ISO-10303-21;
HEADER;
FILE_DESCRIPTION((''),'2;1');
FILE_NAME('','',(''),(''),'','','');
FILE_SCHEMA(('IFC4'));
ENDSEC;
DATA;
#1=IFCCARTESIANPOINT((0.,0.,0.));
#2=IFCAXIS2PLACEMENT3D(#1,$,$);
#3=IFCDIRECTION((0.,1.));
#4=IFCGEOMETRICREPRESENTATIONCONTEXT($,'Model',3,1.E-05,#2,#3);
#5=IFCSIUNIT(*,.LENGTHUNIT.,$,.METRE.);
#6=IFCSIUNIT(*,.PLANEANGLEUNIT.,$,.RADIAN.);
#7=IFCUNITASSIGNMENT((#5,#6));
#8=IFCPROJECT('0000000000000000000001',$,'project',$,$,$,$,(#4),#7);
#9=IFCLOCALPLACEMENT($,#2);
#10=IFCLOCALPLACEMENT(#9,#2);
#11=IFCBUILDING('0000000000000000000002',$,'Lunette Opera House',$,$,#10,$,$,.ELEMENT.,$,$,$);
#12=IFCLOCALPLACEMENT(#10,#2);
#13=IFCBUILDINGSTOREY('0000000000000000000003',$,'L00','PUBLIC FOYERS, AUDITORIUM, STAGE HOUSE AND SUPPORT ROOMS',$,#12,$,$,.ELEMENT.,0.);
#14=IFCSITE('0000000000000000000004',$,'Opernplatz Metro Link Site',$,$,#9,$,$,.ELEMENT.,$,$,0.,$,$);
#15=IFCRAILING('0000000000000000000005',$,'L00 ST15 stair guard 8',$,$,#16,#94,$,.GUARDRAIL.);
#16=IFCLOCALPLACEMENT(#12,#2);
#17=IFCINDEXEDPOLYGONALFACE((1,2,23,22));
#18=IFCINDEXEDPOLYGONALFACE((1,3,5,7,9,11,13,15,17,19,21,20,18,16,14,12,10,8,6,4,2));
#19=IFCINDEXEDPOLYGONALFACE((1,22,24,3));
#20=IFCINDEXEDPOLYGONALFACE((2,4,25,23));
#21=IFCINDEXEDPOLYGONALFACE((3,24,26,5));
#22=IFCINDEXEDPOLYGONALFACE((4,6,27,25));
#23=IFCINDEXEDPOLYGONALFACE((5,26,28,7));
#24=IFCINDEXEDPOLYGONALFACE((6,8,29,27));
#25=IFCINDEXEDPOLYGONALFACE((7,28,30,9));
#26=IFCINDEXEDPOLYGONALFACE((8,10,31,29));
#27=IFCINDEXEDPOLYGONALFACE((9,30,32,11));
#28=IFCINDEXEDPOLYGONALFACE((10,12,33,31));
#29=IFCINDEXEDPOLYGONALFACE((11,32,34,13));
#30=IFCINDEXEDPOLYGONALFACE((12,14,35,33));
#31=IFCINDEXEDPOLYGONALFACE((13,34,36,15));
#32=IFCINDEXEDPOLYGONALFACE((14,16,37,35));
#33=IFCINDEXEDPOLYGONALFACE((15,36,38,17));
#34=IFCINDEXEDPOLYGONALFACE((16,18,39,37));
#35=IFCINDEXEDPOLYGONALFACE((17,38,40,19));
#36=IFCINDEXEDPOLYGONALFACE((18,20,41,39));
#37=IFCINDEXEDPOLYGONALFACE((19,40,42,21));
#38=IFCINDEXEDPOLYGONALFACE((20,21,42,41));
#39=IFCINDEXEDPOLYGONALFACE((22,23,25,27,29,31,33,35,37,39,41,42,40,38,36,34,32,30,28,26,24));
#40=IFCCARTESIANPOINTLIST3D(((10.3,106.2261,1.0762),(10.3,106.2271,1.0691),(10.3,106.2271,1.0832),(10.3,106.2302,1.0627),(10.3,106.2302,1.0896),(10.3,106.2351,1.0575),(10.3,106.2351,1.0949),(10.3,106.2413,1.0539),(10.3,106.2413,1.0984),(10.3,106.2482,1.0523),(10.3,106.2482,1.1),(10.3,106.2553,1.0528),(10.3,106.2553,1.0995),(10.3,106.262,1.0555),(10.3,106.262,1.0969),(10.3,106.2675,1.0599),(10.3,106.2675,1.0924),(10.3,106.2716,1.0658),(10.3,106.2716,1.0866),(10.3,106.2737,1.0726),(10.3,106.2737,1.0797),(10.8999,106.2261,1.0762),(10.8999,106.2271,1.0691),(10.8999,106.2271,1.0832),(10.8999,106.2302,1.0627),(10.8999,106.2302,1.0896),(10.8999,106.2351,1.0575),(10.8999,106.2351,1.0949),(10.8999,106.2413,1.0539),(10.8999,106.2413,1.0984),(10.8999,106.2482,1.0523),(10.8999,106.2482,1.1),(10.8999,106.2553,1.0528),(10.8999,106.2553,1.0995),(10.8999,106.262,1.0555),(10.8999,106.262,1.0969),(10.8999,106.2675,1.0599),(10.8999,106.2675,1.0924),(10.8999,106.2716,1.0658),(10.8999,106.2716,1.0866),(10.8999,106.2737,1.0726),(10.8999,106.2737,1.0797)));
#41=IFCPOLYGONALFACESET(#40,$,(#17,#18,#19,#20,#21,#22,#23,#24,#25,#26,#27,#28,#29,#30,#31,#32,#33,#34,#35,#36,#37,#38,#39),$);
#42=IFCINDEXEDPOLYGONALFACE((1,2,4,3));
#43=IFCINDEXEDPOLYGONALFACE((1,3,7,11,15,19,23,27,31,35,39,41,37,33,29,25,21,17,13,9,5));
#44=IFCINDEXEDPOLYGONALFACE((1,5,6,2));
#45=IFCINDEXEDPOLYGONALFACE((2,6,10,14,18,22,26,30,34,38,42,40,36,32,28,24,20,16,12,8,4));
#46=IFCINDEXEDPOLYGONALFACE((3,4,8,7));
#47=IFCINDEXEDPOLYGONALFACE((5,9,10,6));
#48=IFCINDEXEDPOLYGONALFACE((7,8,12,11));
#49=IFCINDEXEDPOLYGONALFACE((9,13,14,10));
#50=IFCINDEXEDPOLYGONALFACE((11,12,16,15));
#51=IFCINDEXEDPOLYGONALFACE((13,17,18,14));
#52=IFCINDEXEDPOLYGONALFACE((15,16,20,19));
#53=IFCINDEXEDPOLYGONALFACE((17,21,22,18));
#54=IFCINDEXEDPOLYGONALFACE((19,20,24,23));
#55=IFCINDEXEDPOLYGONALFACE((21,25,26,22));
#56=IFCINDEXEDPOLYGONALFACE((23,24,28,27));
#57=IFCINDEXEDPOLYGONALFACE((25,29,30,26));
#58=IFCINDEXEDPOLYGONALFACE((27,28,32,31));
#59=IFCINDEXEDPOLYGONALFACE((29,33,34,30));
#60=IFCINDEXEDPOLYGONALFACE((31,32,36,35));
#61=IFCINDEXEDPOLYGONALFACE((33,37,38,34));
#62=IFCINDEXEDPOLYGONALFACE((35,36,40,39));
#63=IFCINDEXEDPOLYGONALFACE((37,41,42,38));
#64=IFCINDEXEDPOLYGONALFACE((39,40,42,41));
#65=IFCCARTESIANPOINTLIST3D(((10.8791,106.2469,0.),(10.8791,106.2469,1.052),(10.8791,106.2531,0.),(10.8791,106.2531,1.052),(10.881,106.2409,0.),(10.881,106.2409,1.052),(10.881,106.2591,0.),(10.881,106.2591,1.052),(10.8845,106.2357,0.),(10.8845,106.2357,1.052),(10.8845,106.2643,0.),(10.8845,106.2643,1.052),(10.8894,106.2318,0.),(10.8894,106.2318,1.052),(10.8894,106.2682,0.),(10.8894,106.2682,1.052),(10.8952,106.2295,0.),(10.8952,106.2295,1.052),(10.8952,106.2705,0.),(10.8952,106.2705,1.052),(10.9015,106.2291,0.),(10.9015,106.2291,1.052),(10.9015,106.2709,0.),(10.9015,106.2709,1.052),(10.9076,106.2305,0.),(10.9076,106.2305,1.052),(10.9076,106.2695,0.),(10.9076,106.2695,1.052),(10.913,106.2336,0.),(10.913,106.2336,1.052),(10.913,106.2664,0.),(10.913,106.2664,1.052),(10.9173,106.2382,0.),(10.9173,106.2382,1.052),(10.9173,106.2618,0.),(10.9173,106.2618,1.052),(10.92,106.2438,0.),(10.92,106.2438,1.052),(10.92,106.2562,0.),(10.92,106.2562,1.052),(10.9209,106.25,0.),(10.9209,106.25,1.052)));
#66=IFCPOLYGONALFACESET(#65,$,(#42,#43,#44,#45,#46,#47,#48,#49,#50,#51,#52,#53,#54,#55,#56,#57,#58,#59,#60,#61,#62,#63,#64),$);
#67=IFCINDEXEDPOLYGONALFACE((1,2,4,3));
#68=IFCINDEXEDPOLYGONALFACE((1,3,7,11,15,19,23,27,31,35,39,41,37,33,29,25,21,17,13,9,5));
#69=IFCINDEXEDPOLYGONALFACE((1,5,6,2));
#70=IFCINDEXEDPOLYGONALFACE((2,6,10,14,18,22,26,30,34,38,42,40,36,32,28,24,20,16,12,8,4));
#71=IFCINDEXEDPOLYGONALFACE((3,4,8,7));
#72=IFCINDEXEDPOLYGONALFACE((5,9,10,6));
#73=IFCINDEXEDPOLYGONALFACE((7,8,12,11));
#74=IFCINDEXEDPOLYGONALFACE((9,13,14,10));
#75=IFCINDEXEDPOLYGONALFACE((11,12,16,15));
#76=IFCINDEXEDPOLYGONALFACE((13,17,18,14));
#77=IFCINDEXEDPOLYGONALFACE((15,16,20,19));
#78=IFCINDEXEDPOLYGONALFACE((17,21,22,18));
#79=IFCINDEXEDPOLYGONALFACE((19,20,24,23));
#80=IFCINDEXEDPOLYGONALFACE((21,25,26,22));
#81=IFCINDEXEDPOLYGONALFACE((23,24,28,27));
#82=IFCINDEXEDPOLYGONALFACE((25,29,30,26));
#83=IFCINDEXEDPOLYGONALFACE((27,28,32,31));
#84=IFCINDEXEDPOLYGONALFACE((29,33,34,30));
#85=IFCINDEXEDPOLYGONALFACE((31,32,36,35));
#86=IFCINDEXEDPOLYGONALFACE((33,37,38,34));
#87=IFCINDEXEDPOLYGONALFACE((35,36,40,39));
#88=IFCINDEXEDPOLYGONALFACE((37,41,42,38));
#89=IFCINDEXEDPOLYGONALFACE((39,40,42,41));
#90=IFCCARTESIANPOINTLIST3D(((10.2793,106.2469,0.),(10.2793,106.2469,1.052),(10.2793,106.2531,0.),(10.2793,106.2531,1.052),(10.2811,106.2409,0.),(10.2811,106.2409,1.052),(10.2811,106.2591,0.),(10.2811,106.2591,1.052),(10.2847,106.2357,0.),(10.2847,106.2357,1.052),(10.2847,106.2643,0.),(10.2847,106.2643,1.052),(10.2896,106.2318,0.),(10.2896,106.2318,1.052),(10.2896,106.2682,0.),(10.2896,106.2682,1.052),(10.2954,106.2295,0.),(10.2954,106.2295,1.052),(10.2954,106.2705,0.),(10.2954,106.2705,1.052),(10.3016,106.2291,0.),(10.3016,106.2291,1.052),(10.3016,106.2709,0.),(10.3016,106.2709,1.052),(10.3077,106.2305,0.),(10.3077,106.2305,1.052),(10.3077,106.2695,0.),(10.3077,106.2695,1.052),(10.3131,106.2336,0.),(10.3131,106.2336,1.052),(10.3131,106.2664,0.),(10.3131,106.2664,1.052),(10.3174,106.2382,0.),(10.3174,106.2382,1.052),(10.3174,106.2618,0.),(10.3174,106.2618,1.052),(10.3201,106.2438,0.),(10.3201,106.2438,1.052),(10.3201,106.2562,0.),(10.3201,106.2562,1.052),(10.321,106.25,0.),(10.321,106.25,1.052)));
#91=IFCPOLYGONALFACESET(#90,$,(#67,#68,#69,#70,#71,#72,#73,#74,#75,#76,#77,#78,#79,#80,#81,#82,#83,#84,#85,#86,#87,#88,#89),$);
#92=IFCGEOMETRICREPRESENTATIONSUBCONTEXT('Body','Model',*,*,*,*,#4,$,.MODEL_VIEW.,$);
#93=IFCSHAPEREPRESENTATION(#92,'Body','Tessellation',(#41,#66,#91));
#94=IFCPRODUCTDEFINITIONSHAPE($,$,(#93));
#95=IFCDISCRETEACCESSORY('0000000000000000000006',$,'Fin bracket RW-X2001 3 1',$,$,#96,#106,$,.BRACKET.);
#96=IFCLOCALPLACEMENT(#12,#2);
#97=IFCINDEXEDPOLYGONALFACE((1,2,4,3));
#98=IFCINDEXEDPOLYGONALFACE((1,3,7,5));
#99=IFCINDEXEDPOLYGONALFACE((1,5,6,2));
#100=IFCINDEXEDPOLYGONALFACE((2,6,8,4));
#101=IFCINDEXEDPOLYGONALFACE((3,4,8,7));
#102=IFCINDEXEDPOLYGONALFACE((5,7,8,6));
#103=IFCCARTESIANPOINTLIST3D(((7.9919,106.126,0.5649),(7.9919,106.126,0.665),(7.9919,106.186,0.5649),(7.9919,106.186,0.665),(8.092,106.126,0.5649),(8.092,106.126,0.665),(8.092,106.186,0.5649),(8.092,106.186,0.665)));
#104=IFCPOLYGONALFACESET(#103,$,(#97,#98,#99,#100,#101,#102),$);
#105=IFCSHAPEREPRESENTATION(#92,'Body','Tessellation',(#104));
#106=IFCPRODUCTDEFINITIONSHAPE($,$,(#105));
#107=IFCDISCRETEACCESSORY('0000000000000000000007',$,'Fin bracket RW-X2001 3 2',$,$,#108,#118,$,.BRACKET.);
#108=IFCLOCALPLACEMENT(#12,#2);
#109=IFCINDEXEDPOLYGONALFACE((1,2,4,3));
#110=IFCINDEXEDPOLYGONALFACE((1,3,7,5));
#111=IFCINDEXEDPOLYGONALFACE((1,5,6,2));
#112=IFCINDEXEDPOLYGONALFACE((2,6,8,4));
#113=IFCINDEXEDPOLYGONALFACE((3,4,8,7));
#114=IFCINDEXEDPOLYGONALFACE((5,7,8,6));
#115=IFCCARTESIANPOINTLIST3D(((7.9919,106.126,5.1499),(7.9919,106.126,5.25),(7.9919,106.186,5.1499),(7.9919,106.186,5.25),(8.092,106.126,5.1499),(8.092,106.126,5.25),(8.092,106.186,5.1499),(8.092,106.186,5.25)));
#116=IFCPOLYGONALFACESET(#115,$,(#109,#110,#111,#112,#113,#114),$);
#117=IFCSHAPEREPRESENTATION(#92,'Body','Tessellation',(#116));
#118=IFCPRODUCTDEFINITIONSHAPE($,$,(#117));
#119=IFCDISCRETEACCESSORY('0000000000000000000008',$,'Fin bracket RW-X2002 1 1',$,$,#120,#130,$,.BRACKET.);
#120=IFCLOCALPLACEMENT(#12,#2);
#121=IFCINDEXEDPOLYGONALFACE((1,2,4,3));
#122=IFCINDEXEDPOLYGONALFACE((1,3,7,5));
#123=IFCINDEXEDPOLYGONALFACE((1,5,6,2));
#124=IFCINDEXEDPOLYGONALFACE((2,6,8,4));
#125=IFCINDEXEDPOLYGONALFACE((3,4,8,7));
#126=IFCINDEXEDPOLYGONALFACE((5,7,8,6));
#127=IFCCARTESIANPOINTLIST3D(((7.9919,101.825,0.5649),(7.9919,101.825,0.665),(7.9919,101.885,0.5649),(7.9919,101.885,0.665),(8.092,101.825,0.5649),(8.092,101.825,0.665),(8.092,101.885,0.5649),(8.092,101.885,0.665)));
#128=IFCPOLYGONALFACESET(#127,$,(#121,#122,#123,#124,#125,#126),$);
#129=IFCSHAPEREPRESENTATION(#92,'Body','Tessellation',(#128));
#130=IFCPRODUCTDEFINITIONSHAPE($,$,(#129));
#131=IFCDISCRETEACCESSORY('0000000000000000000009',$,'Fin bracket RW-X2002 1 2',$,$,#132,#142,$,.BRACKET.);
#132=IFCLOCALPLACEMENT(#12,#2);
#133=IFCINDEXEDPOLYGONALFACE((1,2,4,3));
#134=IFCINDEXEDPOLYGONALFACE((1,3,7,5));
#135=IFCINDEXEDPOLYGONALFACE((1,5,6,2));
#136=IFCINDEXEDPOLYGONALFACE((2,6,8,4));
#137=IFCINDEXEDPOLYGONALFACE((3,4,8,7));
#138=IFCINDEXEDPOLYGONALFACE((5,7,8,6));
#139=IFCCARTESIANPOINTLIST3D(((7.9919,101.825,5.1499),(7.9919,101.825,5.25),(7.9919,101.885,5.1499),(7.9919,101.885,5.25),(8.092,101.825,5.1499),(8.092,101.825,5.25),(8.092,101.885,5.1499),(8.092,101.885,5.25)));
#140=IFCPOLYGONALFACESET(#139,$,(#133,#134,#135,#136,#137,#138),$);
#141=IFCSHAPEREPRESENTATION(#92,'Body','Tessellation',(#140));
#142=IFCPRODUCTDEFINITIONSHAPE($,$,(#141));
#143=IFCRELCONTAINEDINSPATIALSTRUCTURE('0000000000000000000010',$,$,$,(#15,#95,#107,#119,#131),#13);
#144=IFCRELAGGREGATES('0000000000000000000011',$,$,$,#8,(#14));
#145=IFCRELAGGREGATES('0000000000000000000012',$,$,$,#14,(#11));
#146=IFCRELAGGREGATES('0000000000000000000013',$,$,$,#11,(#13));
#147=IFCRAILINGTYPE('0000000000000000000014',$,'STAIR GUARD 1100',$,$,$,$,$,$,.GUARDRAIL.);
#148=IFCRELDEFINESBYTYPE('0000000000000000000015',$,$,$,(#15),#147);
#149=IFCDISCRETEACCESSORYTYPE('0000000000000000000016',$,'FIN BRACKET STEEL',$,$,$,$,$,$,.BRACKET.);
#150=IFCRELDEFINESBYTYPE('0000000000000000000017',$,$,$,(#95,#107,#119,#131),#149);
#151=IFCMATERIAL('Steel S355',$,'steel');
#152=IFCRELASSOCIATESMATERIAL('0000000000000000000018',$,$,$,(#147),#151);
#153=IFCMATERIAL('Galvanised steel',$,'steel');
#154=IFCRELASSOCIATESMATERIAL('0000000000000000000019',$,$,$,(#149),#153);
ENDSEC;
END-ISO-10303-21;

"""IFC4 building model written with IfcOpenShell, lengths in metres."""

from ifc_helpers import new_model, si_unit, direction, frame, origin, origin_2d, place, context, subcontext, project, spatial, rectangle, circle, extrude, material, type_object, element, save


model = new_model("IFC4")

# Units and contexts
model_context = context("Model", 3, precision=1e-05, world=origin(), true_north=direction((0.0, 1.0)))
body_context = subcontext(model_context, "Body", "Model", "MODEL_VIEW")
ifc_project = project(units=[si_unit("LENGTHUNIT", "METRE"), si_unit("PLANEANGLEUNIT", "RADIAN")], contexts=[model_context])

# Site, building, storey
site_placement = place(None, origin())
site = spatial("IfcSite", under=ifc_project, at=site_placement, Name="Opernplatz Metro Link Site", CompositionType="ELEMENT", RefElevation=0.0)
building_placement = place(site_placement, origin())
building = spatial("IfcBuilding", under=site, at=building_placement, Name="Lunette Opera House", CompositionType="ELEMENT")
storey_placement = place(building_placement, origin())
storey = spatial("IfcBuildingStorey", under=building, at=storey_placement, Name="L00", Description="PUBLIC FOYERS, AUDITORIUM, STAGE HOUSE AND SUPPORT ROOMS", CompositionType="ELEMENT", Elevation=0.0)

# Railing
ifc_material_1 = material(Name="Steel S355", Category="steel")
railing_type = type_object("IfcRailingType", Name="STAIR GUARD 1100", PredefinedType="GUARDRAIL", material=ifc_material_1)
railing_1_placement = place(storey_placement, frame((10.8999, 106.25, 0.0)))
element("IfcRailing", 1, at=railing_1_placement, inside=storey, type_object=railing_type, Name="L00 ST15 stair guard 8", PredefinedType="GUARDRAIL", context=body_context, shape_type="SweptSolid", body=[
    extrude(circle(Radius=0.0239, at=origin_2d()), frame((0.0, 0.0, 1.0762), z_axis=(-1.0, 0.0, 0.0), x_axis=(0.0, -1.0, 0.0)), (0.0, 0.0, 1.0), 0.5999),
    extrude(circle(Radius=0.021, at=origin_2d()), origin(), (0.0, 0.0, 1.0), 1.052),
    extrude(circle(Radius=0.021, at=origin_2d()), frame((-0.5999, 0.0, 0.0)), (0.0, 0.0, 1.0), 1.052),
])

# Discrete accessories
ifc_material_2 = material(Name="Galvanised steel", Category="steel")
discrete_accessory_type = type_object("IfcDiscreteAccessoryType", Name="FIN BRACKET STEEL", PredefinedType="BRACKET", material=ifc_material_2)
for number, where, z_axis, x_axis, name in (
    (2, (8.042, 106.156, 0.5649), (0.0, 0.0, 1.0), (-1.0, 0.0, 0.0), "Fin bracket RW-X2001 3 1"),
    (3, (8.042, 106.156, 5.1499), (0.0, 0.0, 1.0), (-1.0, 0.0, 0.0), "Fin bracket RW-X2001 3 2"),
    (4, (8.042, 101.855, 0.5649), (0.0, 0.0, 1.0), (-1.0, 0.0, 0.0), "Fin bracket RW-X2002 1 1"),
    (5, (8.042, 101.855, 5.1499), (0.0, 0.0, 1.0), (-1.0, 0.0, 0.0), "Fin bracket RW-X2002 1 2"),
):
    element("IfcDiscreteAccessory", number, at=place(storey_placement, frame(where, z_axis=z_axis, x_axis=x_axis)), inside=storey, type_object=discrete_accessory_type, Name=name, PredefinedType="BRACKET", context=body_context, shape_type="SweptSolid", body=[
        extrude(rectangle(XDim=0.1001, YDim=0.0601, at=origin_2d()), origin(), (0.0, 0.0, 1.0), 0.1001),
    ])

save(model, "model.ifc")
